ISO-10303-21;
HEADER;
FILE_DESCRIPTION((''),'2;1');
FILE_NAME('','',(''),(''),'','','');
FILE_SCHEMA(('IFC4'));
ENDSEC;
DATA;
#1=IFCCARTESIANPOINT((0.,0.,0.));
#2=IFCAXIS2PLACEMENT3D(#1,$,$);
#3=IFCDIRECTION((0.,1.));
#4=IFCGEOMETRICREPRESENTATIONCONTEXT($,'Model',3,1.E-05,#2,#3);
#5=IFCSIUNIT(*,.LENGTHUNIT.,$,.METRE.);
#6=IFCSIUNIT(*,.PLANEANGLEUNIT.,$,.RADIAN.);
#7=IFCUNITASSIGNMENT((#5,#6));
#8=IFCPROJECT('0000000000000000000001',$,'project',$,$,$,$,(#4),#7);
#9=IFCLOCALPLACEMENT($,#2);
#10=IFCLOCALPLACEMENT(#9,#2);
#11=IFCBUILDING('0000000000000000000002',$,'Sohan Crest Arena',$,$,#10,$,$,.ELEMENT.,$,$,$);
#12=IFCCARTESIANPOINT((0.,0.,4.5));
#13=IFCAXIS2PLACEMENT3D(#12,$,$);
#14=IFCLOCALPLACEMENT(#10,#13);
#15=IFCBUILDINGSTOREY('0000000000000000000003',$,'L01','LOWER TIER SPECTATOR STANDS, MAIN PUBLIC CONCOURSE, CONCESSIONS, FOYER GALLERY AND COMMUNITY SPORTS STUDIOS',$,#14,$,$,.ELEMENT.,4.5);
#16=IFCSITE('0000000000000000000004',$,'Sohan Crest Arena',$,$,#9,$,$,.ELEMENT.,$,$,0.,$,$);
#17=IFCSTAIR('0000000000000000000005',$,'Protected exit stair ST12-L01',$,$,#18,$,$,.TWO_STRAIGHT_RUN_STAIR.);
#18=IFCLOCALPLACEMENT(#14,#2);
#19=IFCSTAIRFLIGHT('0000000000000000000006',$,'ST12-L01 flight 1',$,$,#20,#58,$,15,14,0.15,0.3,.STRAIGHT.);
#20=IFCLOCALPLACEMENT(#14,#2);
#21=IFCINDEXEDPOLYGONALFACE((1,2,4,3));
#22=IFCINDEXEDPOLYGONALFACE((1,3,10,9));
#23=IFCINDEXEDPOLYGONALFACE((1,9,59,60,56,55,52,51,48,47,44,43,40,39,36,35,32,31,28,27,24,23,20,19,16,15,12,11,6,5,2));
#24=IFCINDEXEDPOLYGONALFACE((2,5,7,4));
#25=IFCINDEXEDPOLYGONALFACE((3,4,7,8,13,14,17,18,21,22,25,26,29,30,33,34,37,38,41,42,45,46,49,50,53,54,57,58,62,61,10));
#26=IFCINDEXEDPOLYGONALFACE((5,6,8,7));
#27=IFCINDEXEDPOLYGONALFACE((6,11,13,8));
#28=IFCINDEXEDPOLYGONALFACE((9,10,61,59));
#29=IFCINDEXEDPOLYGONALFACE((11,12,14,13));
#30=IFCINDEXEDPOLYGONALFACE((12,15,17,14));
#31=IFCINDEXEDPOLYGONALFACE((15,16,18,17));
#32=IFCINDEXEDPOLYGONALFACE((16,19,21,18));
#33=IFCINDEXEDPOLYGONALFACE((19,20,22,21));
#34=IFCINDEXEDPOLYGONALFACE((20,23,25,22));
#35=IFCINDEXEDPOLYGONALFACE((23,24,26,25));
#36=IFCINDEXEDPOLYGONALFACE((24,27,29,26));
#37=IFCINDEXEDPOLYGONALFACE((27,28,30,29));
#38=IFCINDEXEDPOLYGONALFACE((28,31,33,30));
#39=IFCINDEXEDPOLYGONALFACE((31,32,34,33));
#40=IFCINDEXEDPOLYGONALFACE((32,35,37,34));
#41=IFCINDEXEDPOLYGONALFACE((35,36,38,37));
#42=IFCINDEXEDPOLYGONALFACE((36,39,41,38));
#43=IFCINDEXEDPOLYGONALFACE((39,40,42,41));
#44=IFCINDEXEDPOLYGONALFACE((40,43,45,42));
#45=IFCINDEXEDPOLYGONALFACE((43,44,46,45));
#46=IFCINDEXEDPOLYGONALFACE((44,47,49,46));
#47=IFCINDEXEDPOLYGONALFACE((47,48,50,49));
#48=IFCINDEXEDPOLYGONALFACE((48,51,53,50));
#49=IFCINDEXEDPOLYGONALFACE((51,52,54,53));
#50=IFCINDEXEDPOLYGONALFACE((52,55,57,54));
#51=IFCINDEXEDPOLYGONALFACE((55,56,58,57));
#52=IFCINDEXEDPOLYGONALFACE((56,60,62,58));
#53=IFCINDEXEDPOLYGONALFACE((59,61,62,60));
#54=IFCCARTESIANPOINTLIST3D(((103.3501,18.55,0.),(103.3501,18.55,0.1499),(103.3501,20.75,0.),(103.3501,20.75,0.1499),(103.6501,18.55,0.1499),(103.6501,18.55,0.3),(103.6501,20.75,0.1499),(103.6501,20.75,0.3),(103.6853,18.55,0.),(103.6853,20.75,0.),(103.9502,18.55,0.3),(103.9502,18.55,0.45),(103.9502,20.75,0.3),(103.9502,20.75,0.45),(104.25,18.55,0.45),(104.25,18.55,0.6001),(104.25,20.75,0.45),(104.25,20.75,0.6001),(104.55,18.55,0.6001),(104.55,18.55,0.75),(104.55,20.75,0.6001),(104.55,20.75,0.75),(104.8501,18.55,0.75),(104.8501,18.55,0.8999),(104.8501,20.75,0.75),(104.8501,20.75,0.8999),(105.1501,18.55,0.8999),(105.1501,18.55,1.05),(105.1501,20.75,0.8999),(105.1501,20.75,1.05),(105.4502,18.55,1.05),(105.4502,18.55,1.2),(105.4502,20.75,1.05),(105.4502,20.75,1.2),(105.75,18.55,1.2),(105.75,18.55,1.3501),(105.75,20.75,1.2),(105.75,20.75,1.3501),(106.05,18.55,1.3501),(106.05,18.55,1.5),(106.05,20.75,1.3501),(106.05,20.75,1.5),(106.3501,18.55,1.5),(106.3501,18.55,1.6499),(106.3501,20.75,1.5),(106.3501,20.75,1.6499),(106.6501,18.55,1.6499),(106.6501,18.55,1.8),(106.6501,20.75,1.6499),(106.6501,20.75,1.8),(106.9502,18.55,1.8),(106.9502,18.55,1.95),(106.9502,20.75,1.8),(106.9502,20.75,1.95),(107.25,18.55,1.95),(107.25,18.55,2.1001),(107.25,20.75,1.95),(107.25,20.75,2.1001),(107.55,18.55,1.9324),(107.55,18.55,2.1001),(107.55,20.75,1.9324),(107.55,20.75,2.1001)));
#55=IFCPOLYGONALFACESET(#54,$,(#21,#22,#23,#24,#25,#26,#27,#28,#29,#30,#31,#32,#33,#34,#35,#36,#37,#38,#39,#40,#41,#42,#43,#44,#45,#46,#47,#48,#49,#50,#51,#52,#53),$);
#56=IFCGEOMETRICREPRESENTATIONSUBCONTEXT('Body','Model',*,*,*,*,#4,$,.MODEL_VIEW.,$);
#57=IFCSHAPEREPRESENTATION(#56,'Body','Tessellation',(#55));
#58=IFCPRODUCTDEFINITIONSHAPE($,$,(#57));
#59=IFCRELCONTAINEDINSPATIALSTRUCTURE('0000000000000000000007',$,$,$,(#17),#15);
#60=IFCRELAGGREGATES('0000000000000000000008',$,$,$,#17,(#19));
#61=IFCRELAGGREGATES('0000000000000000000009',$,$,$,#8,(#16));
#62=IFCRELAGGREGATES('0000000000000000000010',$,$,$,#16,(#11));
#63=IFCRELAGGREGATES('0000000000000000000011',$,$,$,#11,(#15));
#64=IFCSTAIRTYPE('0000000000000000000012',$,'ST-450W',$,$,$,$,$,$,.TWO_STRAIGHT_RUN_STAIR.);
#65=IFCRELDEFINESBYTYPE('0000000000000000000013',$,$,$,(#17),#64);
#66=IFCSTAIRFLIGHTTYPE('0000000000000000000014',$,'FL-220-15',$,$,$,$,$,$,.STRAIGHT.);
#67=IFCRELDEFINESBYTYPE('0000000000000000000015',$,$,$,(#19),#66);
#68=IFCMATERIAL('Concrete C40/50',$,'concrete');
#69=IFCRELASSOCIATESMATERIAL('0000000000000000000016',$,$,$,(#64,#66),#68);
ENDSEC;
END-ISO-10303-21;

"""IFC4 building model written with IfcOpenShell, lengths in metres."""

from ifc_helpers import new_model, si_unit, direction, frame, origin, place, context, subcontext, project, spatial, polyline, outline, extrude, material, type_object, element, aggregate, save


model = new_model("IFC4")

# Units and contexts
model_context = context("Model", 3, precision=1e-05, world=origin(), true_north=direction((0.0, 1.0)))
body_context = subcontext(model_context, "Body", "Model", "MODEL_VIEW")
ifc_project = project(units=[si_unit("LENGTHUNIT", "METRE"), si_unit("PLANEANGLEUNIT", "RADIAN")], contexts=[model_context])

# Site, building, storey
site_placement = place(None, origin())
site = spatial("IfcSite", under=ifc_project, at=site_placement, Name="Sohan Crest Arena", CompositionType="ELEMENT", RefElevation=0.0)
building_placement = place(site_placement, origin())
building = spatial("IfcBuilding", under=site, at=building_placement, Name="Sohan Crest Arena", CompositionType="ELEMENT")
storey_placement = place(building_placement, frame((0.0, 0.0, 4.5)))
storey = spatial("IfcBuildingStorey", under=building, at=storey_placement, Name="L01", Description="LOWER TIER SPECTATOR STANDS, MAIN PUBLIC CONCOURSE, CONCESSIONS, FOYER GALLERY AND COMMUNITY SPORTS STUDIOS", CompositionType="ELEMENT", Elevation=4.5)

# Shared definitions
ifc_material_1 = material(Name="Concrete C40/50", Category="concrete")

# Stair, stair flight
stair_type = type_object("IfcStairType", Name="ST-450W", PredefinedType="TWO_STRAIGHT_RUN_STAIR", material=ifc_material_1)
stair_placement = place(storey_placement, origin())
stair = element("IfcStair", 1, at=stair_placement, inside=storey, type_object=stair_type, Name="Protected exit stair ST12-L01", PredefinedType="TWO_STRAIGHT_RUN_STAIR")
stair_flight_type = type_object("IfcStairFlightType", Name="FL-220-15", PredefinedType="STRAIGHT", material=ifc_material_1)
stair_flight_placement = place(storey_placement, frame((103.3501, 19.6499, 0.0), z_axis=(0.0, 0.0, 1.0), x_axis=(1.0, 0.0, 0.0)))
stair_flight = element("IfcStairFlight", 2, at=stair_flight_placement, type_object=stair_flight_type, Name="ST12-L01 flight 1", NumberOfRisers=15, NumberOfTreads=14, PredefinedType="STRAIGHT", RiserHeight=0.15, TreadLength=0.3, context=body_context, shape_type="SweptSolid", body=[
    extrude(outline(polyline([(0.0, 0.0), (0.0, 0.1499), (0.3, 0.1499), (0.3, 0.3), (0.6001, 0.3), (0.6001, 0.45), (0.8999, 0.45), (0.8999, 0.6001), (1.2, 0.6001), (1.2, 0.75), (1.5, 0.75), (1.5, 0.8999), (1.8, 0.8999), (1.8, 1.05), (2.1001, 1.05), (2.1001, 1.2), (2.3999, 1.2), (2.3999, 1.3501), (2.7, 1.3501), (2.7, 1.5), (3.0, 1.5), (3.0, 1.6499), (3.3, 1.6499), (3.3, 1.8), (3.6001, 1.8), (3.6001, 1.95), (3.8999, 1.95), (3.8999, 2.1001), (4.2, 2.1001), (4.2, 2.25), (4.2, 1.9324), (0.3352, 0.0), (0.0, 0.0)])), frame((0.0, 1.1001, 0.0), z_axis=(0.0, -1.0, 0.0), x_axis=(1.0, 0.0, 0.0)), (0.0, 0.0, 1.0), 2.2),
])
aggregate(stair, [stair_flight])

save(model, "model.ifc")
